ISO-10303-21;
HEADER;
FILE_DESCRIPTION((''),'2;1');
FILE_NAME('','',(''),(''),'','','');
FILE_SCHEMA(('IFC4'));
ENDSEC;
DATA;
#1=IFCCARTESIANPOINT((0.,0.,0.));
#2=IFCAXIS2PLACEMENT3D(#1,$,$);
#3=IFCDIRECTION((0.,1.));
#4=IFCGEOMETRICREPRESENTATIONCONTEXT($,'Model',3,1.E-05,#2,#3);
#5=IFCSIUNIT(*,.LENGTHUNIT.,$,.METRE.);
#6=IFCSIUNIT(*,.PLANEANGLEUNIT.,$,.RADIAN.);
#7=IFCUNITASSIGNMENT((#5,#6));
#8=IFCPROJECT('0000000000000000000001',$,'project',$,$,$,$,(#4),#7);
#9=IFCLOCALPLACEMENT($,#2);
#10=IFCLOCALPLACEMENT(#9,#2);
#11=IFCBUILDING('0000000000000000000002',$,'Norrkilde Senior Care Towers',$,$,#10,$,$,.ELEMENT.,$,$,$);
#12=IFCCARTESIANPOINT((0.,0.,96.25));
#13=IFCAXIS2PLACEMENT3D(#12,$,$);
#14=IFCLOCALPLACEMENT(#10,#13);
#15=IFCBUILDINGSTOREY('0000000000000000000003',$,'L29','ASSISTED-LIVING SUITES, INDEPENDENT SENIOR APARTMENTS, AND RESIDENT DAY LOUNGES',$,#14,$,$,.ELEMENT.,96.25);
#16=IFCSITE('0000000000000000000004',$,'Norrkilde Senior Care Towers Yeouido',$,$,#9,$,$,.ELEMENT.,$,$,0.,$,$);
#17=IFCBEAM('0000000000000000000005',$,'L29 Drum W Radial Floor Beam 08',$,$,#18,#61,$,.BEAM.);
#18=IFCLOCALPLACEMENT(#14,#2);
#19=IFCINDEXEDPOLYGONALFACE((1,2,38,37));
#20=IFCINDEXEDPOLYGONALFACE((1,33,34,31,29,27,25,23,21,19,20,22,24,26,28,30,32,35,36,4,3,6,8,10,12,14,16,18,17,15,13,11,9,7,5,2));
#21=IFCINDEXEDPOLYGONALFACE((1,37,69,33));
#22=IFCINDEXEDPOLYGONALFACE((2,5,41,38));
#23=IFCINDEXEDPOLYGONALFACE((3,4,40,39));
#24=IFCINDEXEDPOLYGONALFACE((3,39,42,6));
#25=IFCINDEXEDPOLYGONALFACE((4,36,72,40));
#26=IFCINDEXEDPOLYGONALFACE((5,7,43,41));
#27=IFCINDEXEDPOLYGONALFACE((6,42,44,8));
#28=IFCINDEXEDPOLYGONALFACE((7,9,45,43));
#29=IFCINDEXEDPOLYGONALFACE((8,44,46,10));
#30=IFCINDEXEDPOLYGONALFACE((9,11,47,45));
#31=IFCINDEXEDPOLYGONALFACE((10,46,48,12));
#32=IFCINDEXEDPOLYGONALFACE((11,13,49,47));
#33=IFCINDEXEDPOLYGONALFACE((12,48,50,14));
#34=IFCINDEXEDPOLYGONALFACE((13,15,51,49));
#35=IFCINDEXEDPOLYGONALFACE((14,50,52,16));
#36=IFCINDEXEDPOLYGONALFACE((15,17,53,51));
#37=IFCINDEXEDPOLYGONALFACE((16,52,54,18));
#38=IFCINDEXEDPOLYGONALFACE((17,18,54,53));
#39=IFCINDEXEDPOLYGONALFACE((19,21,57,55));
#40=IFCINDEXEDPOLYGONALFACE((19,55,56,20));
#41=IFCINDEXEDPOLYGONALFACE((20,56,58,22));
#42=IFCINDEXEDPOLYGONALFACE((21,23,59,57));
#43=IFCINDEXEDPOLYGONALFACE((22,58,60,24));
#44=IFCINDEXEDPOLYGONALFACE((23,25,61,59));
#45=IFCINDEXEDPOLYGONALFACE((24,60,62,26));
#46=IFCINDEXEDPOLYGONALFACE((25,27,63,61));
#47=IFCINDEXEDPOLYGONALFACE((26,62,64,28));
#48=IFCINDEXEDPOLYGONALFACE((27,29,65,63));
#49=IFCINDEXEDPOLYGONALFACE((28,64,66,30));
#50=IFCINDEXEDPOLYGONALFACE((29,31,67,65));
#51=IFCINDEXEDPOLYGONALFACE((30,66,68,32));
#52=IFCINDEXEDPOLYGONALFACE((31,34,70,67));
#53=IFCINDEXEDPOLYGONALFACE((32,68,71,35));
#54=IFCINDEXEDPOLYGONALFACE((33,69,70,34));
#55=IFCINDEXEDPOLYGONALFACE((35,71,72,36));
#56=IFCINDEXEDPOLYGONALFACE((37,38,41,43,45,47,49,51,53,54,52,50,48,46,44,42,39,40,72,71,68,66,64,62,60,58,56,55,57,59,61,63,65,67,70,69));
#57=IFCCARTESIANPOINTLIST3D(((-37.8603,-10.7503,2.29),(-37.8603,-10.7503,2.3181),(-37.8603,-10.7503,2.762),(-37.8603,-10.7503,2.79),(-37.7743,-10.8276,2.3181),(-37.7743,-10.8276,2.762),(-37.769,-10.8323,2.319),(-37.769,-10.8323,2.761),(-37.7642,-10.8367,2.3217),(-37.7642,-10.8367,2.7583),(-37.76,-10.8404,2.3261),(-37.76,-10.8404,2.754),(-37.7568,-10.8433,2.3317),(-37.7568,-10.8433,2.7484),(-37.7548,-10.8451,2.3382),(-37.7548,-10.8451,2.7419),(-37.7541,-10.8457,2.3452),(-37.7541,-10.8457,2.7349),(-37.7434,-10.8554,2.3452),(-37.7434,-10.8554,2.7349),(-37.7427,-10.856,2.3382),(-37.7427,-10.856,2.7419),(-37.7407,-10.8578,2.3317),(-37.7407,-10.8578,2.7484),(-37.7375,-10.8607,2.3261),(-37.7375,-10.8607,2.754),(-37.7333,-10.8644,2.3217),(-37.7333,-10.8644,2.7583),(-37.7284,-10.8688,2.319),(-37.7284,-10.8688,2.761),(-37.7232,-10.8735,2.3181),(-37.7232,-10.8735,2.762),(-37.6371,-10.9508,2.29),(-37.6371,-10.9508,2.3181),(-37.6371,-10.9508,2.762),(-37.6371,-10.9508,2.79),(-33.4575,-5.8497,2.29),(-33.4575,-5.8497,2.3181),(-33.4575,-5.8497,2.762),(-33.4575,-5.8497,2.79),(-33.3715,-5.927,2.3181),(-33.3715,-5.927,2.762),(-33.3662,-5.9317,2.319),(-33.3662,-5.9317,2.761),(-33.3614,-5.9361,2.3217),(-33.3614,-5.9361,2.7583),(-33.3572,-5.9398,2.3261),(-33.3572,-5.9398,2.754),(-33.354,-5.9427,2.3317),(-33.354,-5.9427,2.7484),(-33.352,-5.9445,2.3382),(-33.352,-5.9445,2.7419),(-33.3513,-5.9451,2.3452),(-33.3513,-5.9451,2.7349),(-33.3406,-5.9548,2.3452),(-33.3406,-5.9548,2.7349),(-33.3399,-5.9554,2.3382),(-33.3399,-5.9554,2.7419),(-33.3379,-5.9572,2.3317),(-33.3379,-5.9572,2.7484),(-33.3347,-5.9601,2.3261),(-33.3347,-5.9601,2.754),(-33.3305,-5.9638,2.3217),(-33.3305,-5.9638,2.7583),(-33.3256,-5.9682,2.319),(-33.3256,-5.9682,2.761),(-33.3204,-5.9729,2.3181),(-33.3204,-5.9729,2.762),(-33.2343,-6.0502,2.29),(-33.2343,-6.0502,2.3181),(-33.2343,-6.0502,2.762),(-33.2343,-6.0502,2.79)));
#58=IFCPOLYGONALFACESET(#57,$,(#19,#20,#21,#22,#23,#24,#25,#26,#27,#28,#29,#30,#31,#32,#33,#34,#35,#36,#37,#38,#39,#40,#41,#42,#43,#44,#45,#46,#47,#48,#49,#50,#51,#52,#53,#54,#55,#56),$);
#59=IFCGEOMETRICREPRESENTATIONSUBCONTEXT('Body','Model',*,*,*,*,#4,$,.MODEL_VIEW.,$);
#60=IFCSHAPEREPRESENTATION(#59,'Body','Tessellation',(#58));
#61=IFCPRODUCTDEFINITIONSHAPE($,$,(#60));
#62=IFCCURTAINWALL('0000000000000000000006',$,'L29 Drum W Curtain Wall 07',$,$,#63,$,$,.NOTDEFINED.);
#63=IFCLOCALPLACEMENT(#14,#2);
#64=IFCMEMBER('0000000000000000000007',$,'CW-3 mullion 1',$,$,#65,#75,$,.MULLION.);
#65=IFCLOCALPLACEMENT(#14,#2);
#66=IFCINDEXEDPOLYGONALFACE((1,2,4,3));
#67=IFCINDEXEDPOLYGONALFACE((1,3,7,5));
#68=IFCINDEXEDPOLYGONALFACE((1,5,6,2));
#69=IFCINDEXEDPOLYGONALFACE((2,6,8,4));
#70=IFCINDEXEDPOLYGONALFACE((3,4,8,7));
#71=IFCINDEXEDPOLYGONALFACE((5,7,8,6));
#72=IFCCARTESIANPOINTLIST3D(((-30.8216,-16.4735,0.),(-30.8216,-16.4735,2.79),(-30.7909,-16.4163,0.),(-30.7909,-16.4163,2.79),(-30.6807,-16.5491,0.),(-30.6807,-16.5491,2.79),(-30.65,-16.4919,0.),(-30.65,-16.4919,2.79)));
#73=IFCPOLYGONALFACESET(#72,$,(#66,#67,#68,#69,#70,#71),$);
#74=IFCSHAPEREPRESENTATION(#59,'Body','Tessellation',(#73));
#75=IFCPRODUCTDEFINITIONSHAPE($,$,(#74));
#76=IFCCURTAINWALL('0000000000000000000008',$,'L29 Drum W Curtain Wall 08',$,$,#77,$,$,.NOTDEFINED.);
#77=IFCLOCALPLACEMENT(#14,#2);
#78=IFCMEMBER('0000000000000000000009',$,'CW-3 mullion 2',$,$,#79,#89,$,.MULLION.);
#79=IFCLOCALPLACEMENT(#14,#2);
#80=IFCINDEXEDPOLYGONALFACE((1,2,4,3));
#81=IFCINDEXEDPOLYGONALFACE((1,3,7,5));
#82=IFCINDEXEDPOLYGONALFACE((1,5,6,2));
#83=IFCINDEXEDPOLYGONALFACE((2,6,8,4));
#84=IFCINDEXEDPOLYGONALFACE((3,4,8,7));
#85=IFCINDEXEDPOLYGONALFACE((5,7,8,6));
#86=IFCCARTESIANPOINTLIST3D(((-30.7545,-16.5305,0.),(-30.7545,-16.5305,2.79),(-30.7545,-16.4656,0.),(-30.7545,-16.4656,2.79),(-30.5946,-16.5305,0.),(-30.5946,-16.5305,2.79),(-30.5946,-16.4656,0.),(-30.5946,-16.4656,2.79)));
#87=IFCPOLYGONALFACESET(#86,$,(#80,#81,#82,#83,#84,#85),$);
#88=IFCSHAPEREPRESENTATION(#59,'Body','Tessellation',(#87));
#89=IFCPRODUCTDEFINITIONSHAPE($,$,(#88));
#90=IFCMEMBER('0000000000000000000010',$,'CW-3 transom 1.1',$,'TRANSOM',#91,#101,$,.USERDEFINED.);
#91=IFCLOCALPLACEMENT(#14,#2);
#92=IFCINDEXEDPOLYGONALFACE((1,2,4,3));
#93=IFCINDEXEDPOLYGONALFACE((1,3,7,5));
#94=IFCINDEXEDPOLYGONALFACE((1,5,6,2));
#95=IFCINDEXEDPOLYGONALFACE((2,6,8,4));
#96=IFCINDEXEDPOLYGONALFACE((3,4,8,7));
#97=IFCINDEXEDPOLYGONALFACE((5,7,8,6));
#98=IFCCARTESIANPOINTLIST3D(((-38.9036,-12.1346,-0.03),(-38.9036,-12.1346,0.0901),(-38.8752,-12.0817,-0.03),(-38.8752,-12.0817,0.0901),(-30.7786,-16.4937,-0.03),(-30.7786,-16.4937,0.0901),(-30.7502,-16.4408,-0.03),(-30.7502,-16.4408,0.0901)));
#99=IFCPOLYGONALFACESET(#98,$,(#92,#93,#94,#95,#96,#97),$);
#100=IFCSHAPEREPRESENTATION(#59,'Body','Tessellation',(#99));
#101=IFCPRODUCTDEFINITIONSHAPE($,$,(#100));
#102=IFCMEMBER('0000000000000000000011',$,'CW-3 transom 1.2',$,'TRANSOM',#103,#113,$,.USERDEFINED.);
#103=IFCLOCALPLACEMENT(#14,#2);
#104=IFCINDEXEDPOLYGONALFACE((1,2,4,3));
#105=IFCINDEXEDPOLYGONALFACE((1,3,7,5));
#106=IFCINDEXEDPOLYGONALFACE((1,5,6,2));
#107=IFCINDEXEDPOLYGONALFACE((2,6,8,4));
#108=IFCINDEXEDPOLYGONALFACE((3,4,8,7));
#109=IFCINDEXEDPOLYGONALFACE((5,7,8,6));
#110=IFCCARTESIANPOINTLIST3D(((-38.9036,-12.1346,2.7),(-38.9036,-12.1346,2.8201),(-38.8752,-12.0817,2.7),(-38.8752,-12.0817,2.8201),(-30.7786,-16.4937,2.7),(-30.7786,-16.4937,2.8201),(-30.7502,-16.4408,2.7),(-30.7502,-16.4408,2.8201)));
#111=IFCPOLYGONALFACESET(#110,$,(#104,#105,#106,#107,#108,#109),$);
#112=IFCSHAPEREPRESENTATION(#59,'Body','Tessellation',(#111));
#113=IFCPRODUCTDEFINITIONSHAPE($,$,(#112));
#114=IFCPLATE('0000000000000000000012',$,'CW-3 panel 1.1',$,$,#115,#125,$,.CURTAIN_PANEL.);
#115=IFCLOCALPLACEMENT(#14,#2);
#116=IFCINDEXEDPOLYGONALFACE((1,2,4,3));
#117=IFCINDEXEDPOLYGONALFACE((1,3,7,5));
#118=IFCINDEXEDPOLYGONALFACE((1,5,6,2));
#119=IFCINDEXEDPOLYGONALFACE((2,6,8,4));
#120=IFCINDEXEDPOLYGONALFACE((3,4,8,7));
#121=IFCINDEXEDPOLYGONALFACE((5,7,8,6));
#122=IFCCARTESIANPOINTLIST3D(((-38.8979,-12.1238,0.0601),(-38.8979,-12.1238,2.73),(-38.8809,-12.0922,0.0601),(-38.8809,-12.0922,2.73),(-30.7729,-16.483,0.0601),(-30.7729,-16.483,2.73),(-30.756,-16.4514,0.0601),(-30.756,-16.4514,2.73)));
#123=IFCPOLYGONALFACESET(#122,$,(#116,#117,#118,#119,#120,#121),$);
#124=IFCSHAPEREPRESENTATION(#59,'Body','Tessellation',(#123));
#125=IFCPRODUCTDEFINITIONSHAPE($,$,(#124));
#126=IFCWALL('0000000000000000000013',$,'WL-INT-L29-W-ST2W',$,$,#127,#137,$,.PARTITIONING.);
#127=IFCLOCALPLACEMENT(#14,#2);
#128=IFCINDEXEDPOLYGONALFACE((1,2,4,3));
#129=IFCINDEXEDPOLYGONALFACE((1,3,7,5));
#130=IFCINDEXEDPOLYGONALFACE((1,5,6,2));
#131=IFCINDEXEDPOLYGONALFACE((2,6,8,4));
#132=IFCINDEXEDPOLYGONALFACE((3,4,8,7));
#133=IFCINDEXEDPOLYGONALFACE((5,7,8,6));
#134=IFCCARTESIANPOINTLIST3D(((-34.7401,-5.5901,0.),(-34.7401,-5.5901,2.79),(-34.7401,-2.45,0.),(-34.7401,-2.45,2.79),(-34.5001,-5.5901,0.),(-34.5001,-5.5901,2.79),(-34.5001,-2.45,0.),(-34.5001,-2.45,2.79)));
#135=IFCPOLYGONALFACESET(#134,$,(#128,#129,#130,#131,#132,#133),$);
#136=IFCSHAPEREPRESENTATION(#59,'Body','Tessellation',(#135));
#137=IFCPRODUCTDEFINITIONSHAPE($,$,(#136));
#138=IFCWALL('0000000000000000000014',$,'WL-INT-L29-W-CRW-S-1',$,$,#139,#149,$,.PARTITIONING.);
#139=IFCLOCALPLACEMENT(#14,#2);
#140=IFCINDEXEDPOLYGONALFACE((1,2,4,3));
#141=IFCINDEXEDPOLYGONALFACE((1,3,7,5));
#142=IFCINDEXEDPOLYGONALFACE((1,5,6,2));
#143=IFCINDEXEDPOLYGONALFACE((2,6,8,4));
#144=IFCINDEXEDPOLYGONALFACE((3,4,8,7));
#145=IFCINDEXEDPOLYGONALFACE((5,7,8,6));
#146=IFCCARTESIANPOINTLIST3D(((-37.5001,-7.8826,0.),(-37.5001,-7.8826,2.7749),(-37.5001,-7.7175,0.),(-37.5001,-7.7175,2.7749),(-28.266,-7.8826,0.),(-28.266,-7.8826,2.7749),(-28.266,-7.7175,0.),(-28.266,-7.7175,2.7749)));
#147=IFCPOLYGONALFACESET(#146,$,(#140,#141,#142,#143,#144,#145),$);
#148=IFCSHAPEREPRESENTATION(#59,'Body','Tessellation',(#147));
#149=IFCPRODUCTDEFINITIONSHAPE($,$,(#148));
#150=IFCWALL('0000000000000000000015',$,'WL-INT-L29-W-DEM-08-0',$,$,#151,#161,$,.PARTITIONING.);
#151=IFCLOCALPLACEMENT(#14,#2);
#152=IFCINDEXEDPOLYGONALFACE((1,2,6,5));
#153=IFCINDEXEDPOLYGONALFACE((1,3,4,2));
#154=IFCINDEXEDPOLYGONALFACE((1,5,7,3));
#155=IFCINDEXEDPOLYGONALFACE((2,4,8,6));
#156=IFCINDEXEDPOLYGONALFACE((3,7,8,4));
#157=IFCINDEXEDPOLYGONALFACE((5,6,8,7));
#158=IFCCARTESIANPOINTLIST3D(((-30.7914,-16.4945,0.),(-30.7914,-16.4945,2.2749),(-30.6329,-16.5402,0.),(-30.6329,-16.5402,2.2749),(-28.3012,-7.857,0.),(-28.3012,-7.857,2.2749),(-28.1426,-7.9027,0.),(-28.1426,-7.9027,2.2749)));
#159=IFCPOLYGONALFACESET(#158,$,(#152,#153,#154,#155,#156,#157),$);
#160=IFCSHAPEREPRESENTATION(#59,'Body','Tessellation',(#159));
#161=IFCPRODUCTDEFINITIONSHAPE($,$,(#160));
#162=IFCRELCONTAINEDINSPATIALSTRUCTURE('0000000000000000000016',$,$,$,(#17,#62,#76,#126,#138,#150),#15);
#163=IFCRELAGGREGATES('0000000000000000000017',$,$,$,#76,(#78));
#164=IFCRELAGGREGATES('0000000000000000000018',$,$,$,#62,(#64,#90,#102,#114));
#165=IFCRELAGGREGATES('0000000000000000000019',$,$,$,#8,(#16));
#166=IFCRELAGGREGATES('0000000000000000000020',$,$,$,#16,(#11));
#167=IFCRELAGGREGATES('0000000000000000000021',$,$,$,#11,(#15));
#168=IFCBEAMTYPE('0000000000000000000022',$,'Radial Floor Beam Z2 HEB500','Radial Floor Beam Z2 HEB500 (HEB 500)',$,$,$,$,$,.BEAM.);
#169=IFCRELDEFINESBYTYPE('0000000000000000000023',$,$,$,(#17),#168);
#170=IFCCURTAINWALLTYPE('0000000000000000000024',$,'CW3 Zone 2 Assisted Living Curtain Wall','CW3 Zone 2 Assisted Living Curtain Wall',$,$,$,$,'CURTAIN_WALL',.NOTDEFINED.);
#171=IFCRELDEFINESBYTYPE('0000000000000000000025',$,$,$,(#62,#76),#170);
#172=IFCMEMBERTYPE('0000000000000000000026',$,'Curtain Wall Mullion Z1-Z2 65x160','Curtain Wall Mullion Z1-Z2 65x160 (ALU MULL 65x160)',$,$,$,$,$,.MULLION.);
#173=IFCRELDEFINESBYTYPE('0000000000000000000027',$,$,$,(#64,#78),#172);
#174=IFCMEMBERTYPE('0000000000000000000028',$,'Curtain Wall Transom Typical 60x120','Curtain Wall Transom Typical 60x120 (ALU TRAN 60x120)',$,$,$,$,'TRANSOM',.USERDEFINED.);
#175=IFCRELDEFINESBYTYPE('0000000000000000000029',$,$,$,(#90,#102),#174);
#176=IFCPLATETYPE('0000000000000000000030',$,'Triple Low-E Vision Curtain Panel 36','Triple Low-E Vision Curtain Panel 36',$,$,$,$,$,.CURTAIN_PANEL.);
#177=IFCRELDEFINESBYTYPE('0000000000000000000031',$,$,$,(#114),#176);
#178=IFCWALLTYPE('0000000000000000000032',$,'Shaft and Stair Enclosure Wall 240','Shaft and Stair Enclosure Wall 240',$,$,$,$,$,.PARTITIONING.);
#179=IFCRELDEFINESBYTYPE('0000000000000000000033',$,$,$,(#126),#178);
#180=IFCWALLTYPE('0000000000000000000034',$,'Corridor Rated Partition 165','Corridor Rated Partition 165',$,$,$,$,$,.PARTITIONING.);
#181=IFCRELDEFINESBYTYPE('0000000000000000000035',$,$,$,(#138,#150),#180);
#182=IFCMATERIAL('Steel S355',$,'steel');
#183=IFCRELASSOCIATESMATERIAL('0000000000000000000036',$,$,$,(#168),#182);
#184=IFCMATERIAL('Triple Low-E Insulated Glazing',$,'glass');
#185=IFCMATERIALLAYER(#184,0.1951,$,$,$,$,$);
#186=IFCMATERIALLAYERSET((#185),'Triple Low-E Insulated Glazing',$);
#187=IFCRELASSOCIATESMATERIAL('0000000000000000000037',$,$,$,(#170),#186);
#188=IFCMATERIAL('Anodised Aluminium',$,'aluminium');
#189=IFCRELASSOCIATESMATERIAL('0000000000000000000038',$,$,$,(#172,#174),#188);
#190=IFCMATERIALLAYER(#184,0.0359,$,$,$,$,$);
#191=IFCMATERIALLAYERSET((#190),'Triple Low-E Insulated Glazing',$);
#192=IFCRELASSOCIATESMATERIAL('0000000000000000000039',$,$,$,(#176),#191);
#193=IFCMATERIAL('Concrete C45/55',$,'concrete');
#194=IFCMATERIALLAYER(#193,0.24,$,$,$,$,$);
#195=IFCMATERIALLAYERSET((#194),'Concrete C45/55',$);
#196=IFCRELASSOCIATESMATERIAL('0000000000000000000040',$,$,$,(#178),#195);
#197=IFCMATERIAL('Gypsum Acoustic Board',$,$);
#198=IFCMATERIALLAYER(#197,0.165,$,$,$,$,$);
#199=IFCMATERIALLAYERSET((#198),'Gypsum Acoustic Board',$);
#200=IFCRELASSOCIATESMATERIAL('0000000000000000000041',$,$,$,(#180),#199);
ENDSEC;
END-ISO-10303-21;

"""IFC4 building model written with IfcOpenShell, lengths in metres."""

from ifc_helpers import new_model, si_unit, direction, frame, frame_2d, origin, origin_2d, place, context, subcontext, project, spatial, rectangle, i_section, extrude, source, transform, mapped, material, layer, layer_set, material_profile, profile_set, type_object, type_shapes, element, aggregate, save


model = new_model("IFC4")

# Units and contexts
model_context = context("Model", 3, precision=1e-05, world=origin(), true_north=direction((0.0, 1.0)))
body_context = subcontext(model_context, "Body", "Model", "MODEL_VIEW")
ifc_project = project(units=[si_unit("LENGTHUNIT", "METRE"), si_unit("PLANEANGLEUNIT", "RADIAN")], contexts=[model_context])

# Site, building, storey
site_placement = place(None, origin())
site = spatial("IfcSite", under=ifc_project, at=site_placement, Name="Norrkilde Senior Care Towers Yeouido", CompositionType="ELEMENT", RefElevation=0.0)
building_placement = place(site_placement, origin())
building = spatial("IfcBuilding", under=site, at=building_placement, Name="Norrkilde Senior Care Towers", CompositionType="ELEMENT")
storey_placement = place(building_placement, frame((0.0, 0.0, 96.25)))
storey = spatial("IfcBuildingStorey", under=building, at=storey_placement, Name="L29", Description="ASSISTED-LIVING SUITES, INDEPENDENT SENIOR APARTMENTS, AND RESIDENT DAY LOUNGES", CompositionType="ELEMENT", Elevation=96.25)

# Beam
ifc_material_1 = material(Name="Steel S355", Category="steel")
ifc_material_profile_1 = material_profile(ifc_material_1, i_section(OverallWidth=0.3, OverallDepth=0.5, WebThickness=0.0144, FlangeThickness=0.0281, FilletRadius=0.0271, at=origin_2d()), Name="HEB 500")
ifc_profile_set_1 = profile_set([ifc_material_profile_1], Name="Steel S355")
beam_type_1 = type_object("IfcBeamType", Name="Radial Floor Beam Z2 HEB500", Description="Radial Floor Beam Z2 HEB500 (HEB 500)", PredefinedType="BEAM", material=ifc_profile_set_1)
shared_shape_1 = source(origin(), body_context, "Body", "SweptSolid", [
    extrude(i_section(OverallWidth=0.3, OverallDepth=0.5, WebThickness=0.0144, FlangeThickness=0.0281, FilletRadius=0.0271, at=origin_2d()), origin(), (0.0, 0.0, 1.0), 6.5879),
])
beam_1_placement = place(storey_placement, frame((-33.3459, -5.95, 2.54), z_axis=(-0.668315, -0.743878, 0.0), x_axis=(0.743878, -0.668315, 0.0)))
element("IfcBeam", 1, at=beam_1_placement, inside=storey, type_object=beam_type_1, Name="L29 Drum W Radial Floor Beam 08", PredefinedType="BEAM", context=body_context, shape_type="MappedRepresentation", body=[
    mapped(shared_shape_1, transform((0.0, 0.0, 0.0), x_axis=(1.0, 0.0, 0.0), y_axis=(0.0, 1.0, 0.0), z_axis=(0.0, 0.0, 1.0), scale=1.0)),
])

# Curtain walls, members
ifc_material_2 = material(Name="Triple Low-E Insulated Glazing", Category="glass")
ifc_layer_1 = layer(ifc_material_2, 0.1951)
ifc_layer_set_1 = layer_set([ifc_layer_1], Name="Triple Low-E Insulated Glazing")
curtain_wall_type = type_object("IfcCurtainWallType", Name="CW3 Zone 2 Assisted Living Curtain Wall", Description="CW3 Zone 2 Assisted Living Curtain Wall", ElementType="CURTAIN_WALL", PredefinedType="NOTDEFINED", material=ifc_layer_set_1)
curtain_wall_1_placement = place(storey_placement, origin())
curtain_wall_1 = element("IfcCurtainWall", 2, at=curtain_wall_1_placement, inside=storey, type_object=curtain_wall_type, Name="L29 Drum W Curtain Wall 07", PredefinedType="NOTDEFINED")
ifc_material_3 = material(Name="Anodised Aluminium", Category="aluminium")
ifc_material_profile_2 = material_profile(ifc_material_3, rectangle(XDim=0.0649, YDim=0.1599, at=origin_2d()), Name="ALU MULL 65x160")
ifc_profile_set_2 = profile_set([ifc_material_profile_2], Name="Anodised Aluminium")
member_type_1 = type_object("IfcMemberType", Name="Curtain Wall Mullion Z1-Z2 65x160", Description="Curtain Wall Mullion Z1-Z2 65x160 (ALU MULL 65x160)", PredefinedType="MULLION", material=ifc_profile_set_2)
shared_shape_2 = source(origin(), body_context, "Body", "SweptSolid", [
    extrude(rectangle(XDim=0.0649, YDim=0.1599, at=origin_2d()), origin(), (0.0, 0.0, 1.0), 2.79),
])
type_shapes(member_type_1, [shared_shape_2])
member_1_placement = place(storey_placement, frame((-30.7358, -16.4827, 0.0), z_axis=(0.0, 0.0, 1.0), x_axis=(-0.472769, -0.881186, 0.0)))
member_1 = element("IfcMember", 3, at=member_1_placement, type_object=member_type_1, Name="CW-3 mullion 1", PredefinedType="MULLION", context=body_context, shape_type="MappedRepresentation", body=[
    mapped(shared_shape_2, transform((0.0, 0.0, 0.0), x_axis=(1.0, 0.0, 0.0), y_axis=(0.0, 1.0, 0.0), z_axis=(0.0, 0.0, 1.0), scale=1.0)),
])
curtain_wall_2_placement = place(storey_placement, origin())
curtain_wall_2 = element("IfcCurtainWall", 4, at=curtain_wall_2_placement, inside=storey, type_object=curtain_wall_type, Name="L29 Drum W Curtain Wall 08", PredefinedType="NOTDEFINED")
member_2_placement = place(storey_placement, frame((-30.6746, -16.498, 0.0), z_axis=(0.0, 0.0, 1.0), x_axis=(0.0, -1.0, 0.0)))
member_2 = element("IfcMember", 5, at=member_2_placement, type_object=member_type_1, Name="CW-3 mullion 2", PredefinedType="MULLION", context=body_context, shape_type="MappedRepresentation", body=[
    mapped(shared_shape_2, transform((0.0, 0.0, 0.0), x_axis=(1.0, 0.0, 0.0), y_axis=(0.0, 1.0, 0.0), z_axis=(0.0, 0.0, 1.0), scale=1.0)),
])
aggregate(curtain_wall_2, [member_2])

# Members
ifc_material_profile_3 = material_profile(ifc_material_3, rectangle(XDim=0.0601, YDim=0.1201, at=origin_2d()), Name="ALU TRAN 60x120")
ifc_profile_set_3 = profile_set([ifc_material_profile_3], Name="Anodised Aluminium")
member_type_2 = type_object("IfcMemberType", Name="Curtain Wall Transom Typical 60x120", Description="Curtain Wall Transom Typical 60x120 (ALU TRAN 60x120)", ElementType="TRANSOM", PredefinedType="USERDEFINED", material=ifc_profile_set_3)
shared_shape_3 = source(origin(), body_context, "Body", "SweptSolid", [
    extrude(rectangle(XDim=0.0601, YDim=0.1201, at=origin_2d()), origin(), (0.0, 0.0, 1.0), 9.2205),
])
type_shapes(member_type_2, [shared_shape_3])
member_3_placement = place(storey_placement, frame((-30.7644, -16.4673, 0.03), z_axis=(-0.881189, 0.472765, 0.0), x_axis=(-0.472765, -0.881189, 0.0)))
member_3 = element("IfcMember", 6, at=member_3_placement, type_object=member_type_2, Name="CW-3 transom 1.1", ObjectType="TRANSOM", PredefinedType="USERDEFINED", context=body_context, shape_type="MappedRepresentation", body=[
    mapped(shared_shape_3, transform((0.0, 0.0, 0.0), x_axis=(1.0, 0.0, 0.0), y_axis=(0.0, 1.0, 0.0), z_axis=(0.0, 0.0, 1.0), scale=1.0)),
])
member_4_placement = place(storey_placement, frame((-30.7644, -16.4673, 2.76), z_axis=(-0.881189, 0.472765, 0.0), x_axis=(-0.472765, -0.881189, 0.0)))
member_4 = element("IfcMember", 7, at=member_4_placement, type_object=member_type_2, Name="CW-3 transom 1.2", ObjectType="TRANSOM", PredefinedType="USERDEFINED", context=body_context, shape_type="MappedRepresentation", body=[
    mapped(shared_shape_3, transform((0.0, 0.0, 0.0), x_axis=(1.0, 0.0, 0.0), y_axis=(0.0, 1.0, 0.0), z_axis=(0.0, 0.0, 1.0), scale=1.0)),
])

# Plate
ifc_layer_2 = layer(ifc_material_2, 0.0359)
ifc_layer_set_2 = layer_set([ifc_layer_2], Name="Triple Low-E Insulated Glazing")
plate_type = type_object("IfcPlateType", Name="Triple Low-E Vision Curtain Panel 36", Description="Triple Low-E Vision Curtain Panel 36", PredefinedType="CURTAIN_PANEL", material=ifc_layer_set_2)
shared_shape_4 = source(origin(), body_context, "Body", "SweptSolid", [
    extrude(rectangle(XDim=9.2205, YDim=0.0359, at=origin_2d()), origin(), (0.0, 0.0, 1.0), 2.6699),
])
type_shapes(plate_type, [shared_shape_4])
plate_placement = place(storey_placement, frame((-34.8269, -14.2876, 0.0601), z_axis=(0.0, 0.0, 1.0), x_axis=(-0.881186, 0.472769, 0.0)))
plate = element("IfcPlate", 8, at=plate_placement, type_object=plate_type, Name="CW-3 panel 1.1", PredefinedType="CURTAIN_PANEL", context=body_context, shape_type="MappedRepresentation", body=[
    mapped(shared_shape_4, transform((0.0, 0.0, 0.0), x_axis=(1.0, 0.0, 0.0), y_axis=(0.0, 1.0, 0.0), z_axis=(0.0, 0.0, 1.0), scale=1.0)),
])
aggregate(curtain_wall_1, [member_1, member_3, member_4, plate])

# Walls
ifc_material_4 = material(Name="Concrete C45/55", Category="concrete")
ifc_layer_3 = layer(ifc_material_4, 0.24)
ifc_layer_set_3 = layer_set([ifc_layer_3], Name="Concrete C45/55")
wall_type_1 = type_object("IfcWallType", Name="Shaft and Stair Enclosure Wall 240", Description="Shaft and Stair Enclosure Wall 240", PredefinedType="PARTITIONING", material=ifc_layer_set_3)
shared_shape_5 = source(origin(), body_context, "Body", "SweptSolid", [
    extrude(rectangle(XDim=3.1401, YDim=0.24, at=frame_2d((1.5701, 0.0))), origin(), (0.0, 0.0, 1.0), 2.79),
])
type_shapes(wall_type_1, [shared_shape_5])
wall_1_placement = place(storey_placement, frame((-34.6201, -5.5901, 0.0), z_axis=(0.0, 0.0, 1.0), x_axis=(0.0, 1.0, 0.0)))
element("IfcWall", 9, at=wall_1_placement, inside=storey, type_object=wall_type_1, Name="WL-INT-L29-W-ST2W", PredefinedType="PARTITIONING", context=body_context, shape_type="MappedRepresentation", body=[
    mapped(shared_shape_5, transform((0.0, 0.0, 0.0), x_axis=(1.0, 0.0, 0.0), y_axis=(0.0, 1.0, 0.0), z_axis=(0.0, 0.0, 1.0), scale=1.0)),
])
ifc_material_5 = material(Name="Gypsum Acoustic Board")
ifc_layer_4 = layer(ifc_material_5, 0.165)
ifc_layer_set_4 = layer_set([ifc_layer_4], Name="Gypsum Acoustic Board")
wall_type_2 = type_object("IfcWallType", Name="Corridor Rated Partition 165", Description="Corridor Rated Partition 165", PredefinedType="PARTITIONING", material=ifc_layer_set_4)
shared_shape_6 = source(origin(), body_context, "Body", "SweptSolid", [
    extrude(rectangle(XDim=9.2341, YDim=0.165, at=frame_2d((4.6172, 0.0))), origin(), (0.0, 0.0, 1.0), 2.7749),
])
wall_2_placement = place(storey_placement, frame((-28.2659, -7.8, 0.0), z_axis=(0.0, 0.0, 1.0), x_axis=(-1.0, 0.0, 0.0)))
element("IfcWall", 10, at=wall_2_placement, inside=storey, type_object=wall_type_2, Name="WL-INT-L29-W-CRW-S-1", PredefinedType="PARTITIONING", context=body_context, shape_type="MappedRepresentation", body=[
    mapped(shared_shape_6, transform((0.0, 0.0, 0.0), x_axis=(1.0, 0.0, 0.0), y_axis=(0.0, 1.0, 0.0), z_axis=(0.0, 0.0, 1.0), scale=1.0)),
])
shared_shape_7 = source(origin(), body_context, "Body", "SweptSolid", [
    extrude(rectangle(XDim=8.9893, YDim=0.165, at=frame_2d((4.4946, 0.0))), origin(), (0.0, 0.0, 1.0), 2.2749),
])
type_shapes(wall_type_2, [shared_shape_6, shared_shape_7])
wall_3_placement = place(storey_placement, frame((-28.2219, -7.8799, 0.0), z_axis=(0.0, 0.0, 1.0), x_axis=(-0.277023, -0.960863, 0.0)))
element("IfcWall", 11, at=wall_3_placement, inside=storey, type_object=wall_type_2, Name="WL-INT-L29-W-DEM-08-0", PredefinedType="PARTITIONING", context=body_context, shape_type="MappedRepresentation", body=[
    mapped(shared_shape_7, transform((0.0, 0.0, 0.0), x_axis=(1.0, 0.0, 0.0), y_axis=(0.0, 1.0, 0.0), z_axis=(0.0, 0.0, 1.0), scale=1.0)),
])

save(model, "model.ifc")
